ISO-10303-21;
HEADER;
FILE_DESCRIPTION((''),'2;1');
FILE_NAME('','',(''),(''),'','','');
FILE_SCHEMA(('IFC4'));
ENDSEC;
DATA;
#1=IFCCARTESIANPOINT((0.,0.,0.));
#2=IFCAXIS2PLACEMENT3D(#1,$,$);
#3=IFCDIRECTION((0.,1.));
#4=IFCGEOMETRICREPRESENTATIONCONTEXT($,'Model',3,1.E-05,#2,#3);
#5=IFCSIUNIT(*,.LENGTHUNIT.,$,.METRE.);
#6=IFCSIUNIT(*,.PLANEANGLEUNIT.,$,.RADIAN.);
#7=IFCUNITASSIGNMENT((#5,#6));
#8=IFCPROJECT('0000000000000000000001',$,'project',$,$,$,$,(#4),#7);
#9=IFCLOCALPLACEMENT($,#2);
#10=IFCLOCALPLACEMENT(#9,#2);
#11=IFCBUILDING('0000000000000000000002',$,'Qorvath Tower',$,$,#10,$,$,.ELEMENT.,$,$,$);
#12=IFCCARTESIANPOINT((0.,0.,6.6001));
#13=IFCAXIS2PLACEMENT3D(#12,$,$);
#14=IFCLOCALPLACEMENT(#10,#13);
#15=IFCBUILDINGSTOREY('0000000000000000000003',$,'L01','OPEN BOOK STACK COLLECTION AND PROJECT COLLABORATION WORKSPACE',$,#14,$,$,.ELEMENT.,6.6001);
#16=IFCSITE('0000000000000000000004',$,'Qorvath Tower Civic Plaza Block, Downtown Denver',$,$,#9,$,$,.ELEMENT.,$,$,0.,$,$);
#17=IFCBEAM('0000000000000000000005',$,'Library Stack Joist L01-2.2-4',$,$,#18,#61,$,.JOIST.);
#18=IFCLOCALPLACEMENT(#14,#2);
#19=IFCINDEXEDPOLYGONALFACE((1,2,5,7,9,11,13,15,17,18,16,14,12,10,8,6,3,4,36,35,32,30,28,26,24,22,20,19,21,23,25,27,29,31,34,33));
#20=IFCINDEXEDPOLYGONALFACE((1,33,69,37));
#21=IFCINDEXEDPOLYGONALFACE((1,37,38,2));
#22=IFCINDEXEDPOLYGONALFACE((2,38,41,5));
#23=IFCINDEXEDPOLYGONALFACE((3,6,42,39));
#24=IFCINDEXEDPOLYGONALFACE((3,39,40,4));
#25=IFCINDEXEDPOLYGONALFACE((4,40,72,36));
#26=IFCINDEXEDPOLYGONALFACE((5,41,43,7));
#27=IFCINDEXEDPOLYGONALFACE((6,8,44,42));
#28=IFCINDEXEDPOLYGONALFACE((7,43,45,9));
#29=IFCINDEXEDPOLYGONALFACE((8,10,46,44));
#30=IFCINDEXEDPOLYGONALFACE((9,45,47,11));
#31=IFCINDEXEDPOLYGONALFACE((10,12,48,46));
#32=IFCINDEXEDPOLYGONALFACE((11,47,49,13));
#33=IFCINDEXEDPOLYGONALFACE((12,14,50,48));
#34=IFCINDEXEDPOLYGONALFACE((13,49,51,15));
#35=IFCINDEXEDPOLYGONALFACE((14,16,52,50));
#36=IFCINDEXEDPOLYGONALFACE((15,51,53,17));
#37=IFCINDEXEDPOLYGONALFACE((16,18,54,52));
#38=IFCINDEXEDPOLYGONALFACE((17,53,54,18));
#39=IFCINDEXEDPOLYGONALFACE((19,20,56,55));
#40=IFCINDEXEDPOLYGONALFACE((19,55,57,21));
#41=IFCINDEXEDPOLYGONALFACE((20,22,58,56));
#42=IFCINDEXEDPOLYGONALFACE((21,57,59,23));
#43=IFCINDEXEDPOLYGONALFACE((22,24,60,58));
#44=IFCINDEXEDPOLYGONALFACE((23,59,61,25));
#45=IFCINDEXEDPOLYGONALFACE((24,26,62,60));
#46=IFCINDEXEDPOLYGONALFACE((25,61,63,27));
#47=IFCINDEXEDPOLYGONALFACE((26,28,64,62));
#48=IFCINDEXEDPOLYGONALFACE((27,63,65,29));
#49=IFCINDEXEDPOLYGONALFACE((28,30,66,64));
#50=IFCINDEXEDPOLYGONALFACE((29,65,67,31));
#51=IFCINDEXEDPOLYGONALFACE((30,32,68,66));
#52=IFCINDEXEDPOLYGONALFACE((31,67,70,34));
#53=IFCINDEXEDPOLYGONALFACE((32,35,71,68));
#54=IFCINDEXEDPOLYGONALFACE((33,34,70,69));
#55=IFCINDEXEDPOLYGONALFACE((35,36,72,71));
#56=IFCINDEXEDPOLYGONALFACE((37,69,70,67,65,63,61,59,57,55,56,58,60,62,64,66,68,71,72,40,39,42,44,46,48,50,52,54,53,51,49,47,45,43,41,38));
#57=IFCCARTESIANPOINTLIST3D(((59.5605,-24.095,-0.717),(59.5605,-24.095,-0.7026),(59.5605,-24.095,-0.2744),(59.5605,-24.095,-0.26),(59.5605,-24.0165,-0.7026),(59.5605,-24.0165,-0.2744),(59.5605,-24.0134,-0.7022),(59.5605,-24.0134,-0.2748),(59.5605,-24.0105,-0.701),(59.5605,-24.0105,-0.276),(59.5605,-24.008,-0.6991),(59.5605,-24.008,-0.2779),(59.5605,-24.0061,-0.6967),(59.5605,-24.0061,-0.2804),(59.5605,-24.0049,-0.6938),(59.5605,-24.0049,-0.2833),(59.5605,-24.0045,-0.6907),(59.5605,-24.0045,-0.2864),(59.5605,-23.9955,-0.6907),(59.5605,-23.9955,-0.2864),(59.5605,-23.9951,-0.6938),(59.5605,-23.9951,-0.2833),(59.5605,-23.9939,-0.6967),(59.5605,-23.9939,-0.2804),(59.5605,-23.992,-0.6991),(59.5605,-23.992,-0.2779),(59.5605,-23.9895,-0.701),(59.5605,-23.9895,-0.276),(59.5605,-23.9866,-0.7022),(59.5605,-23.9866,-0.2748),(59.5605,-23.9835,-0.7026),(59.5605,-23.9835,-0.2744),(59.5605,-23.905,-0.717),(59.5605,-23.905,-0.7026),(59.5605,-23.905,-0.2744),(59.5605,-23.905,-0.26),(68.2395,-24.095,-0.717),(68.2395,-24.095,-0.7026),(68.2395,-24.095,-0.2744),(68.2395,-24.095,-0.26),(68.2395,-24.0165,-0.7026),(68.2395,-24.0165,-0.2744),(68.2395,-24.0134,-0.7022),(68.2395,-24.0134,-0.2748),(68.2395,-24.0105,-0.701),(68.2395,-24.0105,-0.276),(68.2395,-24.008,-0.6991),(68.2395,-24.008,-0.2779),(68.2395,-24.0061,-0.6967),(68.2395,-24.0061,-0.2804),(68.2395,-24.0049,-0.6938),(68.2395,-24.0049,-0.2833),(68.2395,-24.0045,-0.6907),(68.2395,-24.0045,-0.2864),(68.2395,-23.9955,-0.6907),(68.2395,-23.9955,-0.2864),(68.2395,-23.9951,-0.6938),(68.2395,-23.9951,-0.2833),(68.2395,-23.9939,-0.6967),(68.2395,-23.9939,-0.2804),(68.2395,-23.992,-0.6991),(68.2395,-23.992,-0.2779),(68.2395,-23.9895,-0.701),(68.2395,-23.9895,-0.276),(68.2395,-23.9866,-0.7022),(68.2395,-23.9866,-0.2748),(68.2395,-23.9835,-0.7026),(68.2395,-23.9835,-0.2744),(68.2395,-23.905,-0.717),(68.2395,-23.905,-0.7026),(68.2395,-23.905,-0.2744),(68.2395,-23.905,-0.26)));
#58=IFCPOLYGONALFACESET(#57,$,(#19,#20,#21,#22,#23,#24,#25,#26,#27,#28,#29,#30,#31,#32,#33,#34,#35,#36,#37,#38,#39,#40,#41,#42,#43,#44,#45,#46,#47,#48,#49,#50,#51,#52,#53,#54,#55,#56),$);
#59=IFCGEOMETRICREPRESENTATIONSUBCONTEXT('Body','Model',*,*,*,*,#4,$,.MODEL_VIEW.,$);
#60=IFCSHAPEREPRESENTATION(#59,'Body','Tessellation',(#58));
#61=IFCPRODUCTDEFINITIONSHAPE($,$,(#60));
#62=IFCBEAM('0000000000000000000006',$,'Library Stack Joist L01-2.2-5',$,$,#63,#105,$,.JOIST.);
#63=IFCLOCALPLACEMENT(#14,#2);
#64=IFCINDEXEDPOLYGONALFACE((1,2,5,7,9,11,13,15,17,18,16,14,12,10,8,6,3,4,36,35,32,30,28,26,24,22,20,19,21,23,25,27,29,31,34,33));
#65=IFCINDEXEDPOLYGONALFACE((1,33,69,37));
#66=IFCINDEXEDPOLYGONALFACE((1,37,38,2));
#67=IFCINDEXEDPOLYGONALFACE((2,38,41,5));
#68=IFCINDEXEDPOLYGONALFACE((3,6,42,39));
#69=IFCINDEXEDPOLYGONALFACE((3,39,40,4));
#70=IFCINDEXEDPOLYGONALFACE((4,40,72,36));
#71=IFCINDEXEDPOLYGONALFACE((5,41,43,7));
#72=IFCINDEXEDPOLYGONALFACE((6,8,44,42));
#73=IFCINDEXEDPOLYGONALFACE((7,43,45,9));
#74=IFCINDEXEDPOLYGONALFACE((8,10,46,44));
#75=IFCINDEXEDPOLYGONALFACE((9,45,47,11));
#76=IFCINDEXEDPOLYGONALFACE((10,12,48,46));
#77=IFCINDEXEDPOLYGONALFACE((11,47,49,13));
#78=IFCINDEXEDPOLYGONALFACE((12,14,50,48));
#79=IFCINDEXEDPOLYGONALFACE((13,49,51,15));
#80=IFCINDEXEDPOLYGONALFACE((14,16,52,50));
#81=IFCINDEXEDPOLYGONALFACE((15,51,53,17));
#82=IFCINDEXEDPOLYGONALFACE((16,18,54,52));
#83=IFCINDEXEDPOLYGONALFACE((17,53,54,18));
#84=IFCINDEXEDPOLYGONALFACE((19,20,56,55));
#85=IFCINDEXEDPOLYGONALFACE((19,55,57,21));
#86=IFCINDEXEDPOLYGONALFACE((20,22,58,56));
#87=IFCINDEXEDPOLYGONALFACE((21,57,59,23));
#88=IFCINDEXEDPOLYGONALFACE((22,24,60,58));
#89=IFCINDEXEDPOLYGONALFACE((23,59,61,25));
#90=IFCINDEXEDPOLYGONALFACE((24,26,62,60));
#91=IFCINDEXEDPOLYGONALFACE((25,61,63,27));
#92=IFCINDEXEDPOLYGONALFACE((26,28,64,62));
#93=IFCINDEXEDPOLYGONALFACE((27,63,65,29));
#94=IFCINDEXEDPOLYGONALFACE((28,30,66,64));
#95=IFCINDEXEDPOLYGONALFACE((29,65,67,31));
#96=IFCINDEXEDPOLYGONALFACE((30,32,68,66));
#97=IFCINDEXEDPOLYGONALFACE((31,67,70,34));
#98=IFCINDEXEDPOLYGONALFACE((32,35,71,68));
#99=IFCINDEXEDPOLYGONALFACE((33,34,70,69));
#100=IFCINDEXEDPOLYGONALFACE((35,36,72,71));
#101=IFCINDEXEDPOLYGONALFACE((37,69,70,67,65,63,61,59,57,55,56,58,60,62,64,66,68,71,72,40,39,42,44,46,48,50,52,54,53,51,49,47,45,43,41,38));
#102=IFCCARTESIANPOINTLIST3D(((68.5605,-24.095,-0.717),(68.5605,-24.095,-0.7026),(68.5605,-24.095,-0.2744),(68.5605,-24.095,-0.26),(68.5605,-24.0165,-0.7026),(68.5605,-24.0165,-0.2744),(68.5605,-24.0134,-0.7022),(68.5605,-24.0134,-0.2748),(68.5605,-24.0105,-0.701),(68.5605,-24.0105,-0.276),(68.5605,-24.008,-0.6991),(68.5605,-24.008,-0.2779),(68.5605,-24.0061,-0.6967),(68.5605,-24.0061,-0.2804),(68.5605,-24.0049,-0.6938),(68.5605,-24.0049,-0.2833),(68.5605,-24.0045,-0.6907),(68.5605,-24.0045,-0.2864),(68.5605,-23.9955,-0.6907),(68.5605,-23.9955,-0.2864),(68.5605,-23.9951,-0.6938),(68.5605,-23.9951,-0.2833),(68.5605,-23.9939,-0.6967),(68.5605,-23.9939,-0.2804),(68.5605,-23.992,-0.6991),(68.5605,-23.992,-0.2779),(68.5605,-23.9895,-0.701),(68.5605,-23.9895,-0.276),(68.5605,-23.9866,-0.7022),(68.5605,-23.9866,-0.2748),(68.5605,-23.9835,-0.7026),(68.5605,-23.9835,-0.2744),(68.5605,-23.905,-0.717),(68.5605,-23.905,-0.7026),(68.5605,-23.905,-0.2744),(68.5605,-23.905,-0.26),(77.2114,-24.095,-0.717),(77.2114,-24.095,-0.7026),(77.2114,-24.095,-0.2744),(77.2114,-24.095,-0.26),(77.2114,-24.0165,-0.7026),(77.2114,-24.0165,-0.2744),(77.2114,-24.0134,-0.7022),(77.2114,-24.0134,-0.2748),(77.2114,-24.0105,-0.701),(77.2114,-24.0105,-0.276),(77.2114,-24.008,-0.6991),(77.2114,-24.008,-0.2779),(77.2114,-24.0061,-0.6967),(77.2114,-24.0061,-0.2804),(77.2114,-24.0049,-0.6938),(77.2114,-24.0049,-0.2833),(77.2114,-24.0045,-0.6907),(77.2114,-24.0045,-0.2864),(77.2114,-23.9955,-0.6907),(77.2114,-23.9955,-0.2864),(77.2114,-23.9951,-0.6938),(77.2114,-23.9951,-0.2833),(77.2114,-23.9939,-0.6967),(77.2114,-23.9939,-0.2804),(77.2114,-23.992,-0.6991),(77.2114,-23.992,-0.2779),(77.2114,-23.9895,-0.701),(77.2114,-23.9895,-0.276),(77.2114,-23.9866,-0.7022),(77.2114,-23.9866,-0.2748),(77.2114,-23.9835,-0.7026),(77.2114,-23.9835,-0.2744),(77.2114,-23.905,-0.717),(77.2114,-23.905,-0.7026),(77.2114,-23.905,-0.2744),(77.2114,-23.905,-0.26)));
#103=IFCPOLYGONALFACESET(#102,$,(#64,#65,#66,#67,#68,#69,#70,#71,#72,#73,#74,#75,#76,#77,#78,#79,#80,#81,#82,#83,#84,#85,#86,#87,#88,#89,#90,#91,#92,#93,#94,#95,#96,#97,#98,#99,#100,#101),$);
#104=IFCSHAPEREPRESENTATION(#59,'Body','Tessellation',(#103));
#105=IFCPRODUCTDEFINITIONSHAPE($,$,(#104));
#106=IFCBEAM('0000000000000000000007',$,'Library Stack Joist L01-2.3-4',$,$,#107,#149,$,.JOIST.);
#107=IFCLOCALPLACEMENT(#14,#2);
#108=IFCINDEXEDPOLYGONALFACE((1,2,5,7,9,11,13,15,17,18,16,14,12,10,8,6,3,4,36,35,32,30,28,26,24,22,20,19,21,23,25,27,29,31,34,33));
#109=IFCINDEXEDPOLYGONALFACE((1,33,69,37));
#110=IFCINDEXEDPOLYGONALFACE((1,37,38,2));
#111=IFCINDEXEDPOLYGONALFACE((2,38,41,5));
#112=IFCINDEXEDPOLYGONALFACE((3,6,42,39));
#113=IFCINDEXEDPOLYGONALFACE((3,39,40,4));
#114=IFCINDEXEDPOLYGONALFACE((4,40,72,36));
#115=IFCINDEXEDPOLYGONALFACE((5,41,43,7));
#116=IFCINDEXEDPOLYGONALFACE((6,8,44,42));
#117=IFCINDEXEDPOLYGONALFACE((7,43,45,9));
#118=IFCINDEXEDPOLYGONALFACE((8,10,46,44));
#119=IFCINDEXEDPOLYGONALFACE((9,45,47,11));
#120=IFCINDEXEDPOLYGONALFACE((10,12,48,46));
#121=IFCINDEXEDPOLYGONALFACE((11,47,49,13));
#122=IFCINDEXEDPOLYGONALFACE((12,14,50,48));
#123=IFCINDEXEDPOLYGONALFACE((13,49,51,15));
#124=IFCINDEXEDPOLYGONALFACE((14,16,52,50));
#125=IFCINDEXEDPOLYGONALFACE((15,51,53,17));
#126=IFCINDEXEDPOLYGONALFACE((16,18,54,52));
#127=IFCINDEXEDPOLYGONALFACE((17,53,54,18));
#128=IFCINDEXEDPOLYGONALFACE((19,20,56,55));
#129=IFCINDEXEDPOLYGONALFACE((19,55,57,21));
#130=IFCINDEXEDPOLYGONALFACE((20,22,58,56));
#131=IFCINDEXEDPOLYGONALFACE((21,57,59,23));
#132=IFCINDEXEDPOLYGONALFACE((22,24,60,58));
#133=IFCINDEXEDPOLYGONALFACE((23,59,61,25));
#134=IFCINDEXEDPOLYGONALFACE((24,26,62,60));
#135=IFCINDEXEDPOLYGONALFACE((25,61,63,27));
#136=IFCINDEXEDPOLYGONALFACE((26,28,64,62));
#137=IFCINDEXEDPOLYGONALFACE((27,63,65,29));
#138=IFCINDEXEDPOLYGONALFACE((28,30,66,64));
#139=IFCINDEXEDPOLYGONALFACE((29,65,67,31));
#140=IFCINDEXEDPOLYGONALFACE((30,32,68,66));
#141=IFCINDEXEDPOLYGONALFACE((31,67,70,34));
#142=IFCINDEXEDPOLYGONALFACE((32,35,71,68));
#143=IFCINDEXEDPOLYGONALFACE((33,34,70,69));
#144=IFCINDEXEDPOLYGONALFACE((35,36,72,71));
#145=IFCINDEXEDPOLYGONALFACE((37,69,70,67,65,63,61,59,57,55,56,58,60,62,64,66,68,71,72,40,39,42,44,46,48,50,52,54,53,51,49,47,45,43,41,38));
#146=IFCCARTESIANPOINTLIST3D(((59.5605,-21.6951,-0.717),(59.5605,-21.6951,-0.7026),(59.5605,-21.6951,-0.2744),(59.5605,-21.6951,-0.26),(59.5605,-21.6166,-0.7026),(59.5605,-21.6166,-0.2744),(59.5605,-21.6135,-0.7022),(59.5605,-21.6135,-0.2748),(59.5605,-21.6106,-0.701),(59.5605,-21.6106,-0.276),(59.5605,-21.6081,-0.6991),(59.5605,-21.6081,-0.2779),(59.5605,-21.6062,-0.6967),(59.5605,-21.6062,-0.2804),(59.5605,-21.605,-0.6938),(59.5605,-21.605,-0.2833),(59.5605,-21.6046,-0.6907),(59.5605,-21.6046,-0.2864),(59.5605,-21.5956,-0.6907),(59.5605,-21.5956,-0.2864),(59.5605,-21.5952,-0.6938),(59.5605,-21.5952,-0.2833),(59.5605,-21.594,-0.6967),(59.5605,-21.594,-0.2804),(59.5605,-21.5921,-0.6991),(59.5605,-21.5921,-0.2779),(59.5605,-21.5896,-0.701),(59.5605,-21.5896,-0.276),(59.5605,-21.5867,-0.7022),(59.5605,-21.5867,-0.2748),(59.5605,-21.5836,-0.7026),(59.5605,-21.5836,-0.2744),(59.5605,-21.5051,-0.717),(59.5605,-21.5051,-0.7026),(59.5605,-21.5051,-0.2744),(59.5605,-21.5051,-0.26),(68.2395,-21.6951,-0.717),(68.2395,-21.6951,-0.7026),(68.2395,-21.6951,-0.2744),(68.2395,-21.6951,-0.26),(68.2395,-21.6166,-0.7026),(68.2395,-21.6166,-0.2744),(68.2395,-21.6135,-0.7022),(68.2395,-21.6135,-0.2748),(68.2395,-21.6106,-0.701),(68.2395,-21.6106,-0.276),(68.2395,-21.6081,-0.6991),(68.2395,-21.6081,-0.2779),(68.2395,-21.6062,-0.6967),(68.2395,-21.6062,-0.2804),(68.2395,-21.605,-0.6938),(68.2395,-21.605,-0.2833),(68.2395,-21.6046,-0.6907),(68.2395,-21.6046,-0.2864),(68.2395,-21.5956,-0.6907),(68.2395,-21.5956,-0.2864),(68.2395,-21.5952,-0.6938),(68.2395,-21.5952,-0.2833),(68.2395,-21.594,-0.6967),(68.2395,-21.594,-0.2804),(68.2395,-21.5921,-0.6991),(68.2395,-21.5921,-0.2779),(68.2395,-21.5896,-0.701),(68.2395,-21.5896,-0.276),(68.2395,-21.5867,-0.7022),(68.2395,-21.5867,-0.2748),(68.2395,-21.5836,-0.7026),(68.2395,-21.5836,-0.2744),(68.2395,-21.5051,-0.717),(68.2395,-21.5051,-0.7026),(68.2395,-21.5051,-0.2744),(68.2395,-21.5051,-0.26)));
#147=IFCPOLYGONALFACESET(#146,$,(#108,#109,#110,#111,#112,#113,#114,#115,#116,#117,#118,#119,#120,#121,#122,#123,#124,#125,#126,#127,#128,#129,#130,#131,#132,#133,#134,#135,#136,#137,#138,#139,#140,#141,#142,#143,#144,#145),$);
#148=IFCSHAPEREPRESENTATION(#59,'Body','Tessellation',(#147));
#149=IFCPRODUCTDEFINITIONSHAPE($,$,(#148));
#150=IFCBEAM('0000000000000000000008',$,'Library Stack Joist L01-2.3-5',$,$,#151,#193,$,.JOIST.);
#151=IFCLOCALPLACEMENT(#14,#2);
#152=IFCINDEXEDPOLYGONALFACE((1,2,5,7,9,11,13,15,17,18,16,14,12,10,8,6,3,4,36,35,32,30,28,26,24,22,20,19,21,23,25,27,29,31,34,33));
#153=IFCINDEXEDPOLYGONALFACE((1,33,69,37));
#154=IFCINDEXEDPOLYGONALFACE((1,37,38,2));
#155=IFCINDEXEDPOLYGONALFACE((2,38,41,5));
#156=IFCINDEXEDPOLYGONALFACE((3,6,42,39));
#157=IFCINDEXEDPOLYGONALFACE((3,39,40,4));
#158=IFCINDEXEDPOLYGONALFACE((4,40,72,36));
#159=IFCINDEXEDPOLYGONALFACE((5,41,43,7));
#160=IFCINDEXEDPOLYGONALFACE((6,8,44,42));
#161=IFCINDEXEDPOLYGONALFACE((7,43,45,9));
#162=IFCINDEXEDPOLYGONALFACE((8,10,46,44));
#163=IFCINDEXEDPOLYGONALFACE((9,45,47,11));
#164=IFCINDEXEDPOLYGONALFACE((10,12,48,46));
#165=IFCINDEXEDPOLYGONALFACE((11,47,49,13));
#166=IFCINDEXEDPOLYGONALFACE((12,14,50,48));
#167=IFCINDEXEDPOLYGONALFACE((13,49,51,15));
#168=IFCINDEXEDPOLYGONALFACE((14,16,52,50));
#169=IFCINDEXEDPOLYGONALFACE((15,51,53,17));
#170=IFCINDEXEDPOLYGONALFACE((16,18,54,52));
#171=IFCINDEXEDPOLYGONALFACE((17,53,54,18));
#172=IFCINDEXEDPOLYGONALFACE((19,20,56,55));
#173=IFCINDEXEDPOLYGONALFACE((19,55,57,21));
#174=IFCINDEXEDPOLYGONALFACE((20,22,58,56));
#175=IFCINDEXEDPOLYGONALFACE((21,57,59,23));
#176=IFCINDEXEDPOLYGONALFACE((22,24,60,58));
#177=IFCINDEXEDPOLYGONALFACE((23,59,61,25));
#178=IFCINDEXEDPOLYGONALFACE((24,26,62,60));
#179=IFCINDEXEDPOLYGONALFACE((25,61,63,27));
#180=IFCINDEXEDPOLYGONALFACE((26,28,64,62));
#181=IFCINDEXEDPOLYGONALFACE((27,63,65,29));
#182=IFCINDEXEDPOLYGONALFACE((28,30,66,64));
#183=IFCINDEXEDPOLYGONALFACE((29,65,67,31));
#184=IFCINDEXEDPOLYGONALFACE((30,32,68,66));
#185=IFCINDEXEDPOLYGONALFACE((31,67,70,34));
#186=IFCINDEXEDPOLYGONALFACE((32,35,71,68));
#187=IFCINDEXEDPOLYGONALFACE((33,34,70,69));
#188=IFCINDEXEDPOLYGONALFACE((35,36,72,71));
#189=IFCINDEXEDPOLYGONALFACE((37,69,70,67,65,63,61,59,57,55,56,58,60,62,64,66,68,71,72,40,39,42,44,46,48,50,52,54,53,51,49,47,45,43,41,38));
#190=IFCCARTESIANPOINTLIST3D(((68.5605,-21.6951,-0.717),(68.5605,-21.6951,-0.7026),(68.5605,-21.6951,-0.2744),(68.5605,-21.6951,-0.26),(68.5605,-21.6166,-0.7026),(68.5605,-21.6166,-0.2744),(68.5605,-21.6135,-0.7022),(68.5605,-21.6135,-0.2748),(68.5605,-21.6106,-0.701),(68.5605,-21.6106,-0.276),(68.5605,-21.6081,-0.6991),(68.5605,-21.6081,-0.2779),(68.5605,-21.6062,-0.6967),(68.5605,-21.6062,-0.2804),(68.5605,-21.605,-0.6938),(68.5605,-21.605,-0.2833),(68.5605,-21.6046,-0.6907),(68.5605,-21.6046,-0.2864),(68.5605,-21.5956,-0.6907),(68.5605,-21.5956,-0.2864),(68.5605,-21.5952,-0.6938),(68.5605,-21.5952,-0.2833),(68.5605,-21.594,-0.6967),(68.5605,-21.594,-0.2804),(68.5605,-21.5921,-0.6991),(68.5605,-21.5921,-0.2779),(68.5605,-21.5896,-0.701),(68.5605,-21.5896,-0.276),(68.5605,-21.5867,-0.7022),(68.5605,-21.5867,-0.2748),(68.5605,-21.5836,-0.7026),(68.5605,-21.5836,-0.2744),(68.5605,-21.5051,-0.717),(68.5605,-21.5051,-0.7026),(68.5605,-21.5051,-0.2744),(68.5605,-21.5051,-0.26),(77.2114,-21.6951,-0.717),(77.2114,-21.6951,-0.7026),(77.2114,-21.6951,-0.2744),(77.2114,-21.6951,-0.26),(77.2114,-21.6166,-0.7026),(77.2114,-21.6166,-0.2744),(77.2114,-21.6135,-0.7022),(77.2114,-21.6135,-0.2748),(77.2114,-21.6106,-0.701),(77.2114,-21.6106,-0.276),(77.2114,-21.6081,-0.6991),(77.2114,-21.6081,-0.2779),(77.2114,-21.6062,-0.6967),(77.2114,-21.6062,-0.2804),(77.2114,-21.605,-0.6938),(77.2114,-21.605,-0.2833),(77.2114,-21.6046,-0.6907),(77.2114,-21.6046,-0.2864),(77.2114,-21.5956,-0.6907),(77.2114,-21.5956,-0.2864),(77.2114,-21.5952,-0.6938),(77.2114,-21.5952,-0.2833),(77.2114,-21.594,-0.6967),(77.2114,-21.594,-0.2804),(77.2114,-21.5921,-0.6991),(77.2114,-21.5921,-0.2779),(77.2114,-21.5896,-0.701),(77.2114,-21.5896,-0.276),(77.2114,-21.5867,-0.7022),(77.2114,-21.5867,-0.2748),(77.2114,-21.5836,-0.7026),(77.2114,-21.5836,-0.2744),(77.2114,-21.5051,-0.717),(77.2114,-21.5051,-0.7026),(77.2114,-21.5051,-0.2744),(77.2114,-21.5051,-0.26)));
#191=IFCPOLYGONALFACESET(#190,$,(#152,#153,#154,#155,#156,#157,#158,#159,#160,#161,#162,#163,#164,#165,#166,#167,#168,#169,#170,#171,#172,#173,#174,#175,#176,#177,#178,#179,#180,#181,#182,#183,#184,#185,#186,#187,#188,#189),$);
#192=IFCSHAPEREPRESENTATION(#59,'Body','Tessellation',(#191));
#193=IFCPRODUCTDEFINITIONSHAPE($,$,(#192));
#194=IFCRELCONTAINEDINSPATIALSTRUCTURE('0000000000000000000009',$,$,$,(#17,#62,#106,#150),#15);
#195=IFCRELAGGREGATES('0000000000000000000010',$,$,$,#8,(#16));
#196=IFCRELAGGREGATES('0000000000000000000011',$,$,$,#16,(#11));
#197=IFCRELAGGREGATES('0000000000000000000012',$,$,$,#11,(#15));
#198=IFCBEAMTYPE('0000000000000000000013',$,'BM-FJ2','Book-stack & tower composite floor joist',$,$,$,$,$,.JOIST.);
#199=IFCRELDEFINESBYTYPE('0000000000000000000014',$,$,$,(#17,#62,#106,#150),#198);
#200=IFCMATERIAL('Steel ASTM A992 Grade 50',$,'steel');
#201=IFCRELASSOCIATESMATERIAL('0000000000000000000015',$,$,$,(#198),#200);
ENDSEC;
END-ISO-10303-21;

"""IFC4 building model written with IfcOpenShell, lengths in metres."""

from ifc_helpers import new_model, si_unit, direction, frame, origin, origin_2d, place, context, subcontext, project, spatial, i_section, extrude, material, material_profile, profile_set, type_object, element, save


model = new_model("IFC4")

# Units and contexts
model_context = context("Model", 3, precision=1e-05, world=origin(), true_north=direction((0.0, 1.0)))
body_context = subcontext(model_context, "Body", "Model", "MODEL_VIEW")
ifc_project = project(units=[si_unit("LENGTHUNIT", "METRE"), si_unit("PLANEANGLEUNIT", "RADIAN")], contexts=[model_context])

# Site, building, storey
site_placement = place(None, origin())
site = spatial("IfcSite", under=ifc_project, at=site_placement, Name="Qorvath Tower Civic Plaza Block, Downtown Denver", CompositionType="ELEMENT", RefElevation=0.0)
building_placement = place(site_placement, origin())
building = spatial("IfcBuilding", under=site, at=building_placement, Name="Qorvath Tower", CompositionType="ELEMENT")
storey_placement = place(building_placement, frame((0.0, 0.0, 6.6001)))
storey = spatial("IfcBuildingStorey", under=building, at=storey_placement, Name="L01", Description="OPEN BOOK STACK COLLECTION AND PROJECT COLLABORATION WORKSPACE", CompositionType="ELEMENT", Elevation=6.6001)

# Beams
ifc_material_1 = material(Name="Steel ASTM A992 Grade 50", Category="steel")
ifc_material_profile_1 = material_profile(ifc_material_1, i_section(OverallWidth=0.1899, OverallDepth=0.457, WebThickness=0.009, FlangeThickness=0.0144, FilletRadius=0.012, at=origin_2d()), Name="W18x50")
ifc_profile_set_1 = profile_set([ifc_material_profile_1], Name="Steel ASTM A992 Grade 50")
beam_type_1 = type_object("IfcBeamType", Name="BM-FJ2", Description="Book-stack & tower composite floor joist", PredefinedType="JOIST", material=ifc_profile_set_1)
beam_1_placement = place(storey_placement, frame((59.5605, -24.0, -0.4885), z_axis=(1.0, 0.0, 0.0), x_axis=(0.0, 1.0, 0.0)))
element("IfcBeam", 1, at=beam_1_placement, inside=storey, type_object=beam_type_1, Name="Library Stack Joist L01-2.2-4", PredefinedType="JOIST", context=body_context, shape_type="SweptSolid", body=[
    extrude(i_section(OverallWidth=0.1899, OverallDepth=0.457, WebThickness=0.009, FlangeThickness=0.0144, FilletRadius=0.012, at=origin_2d()), origin(), (0.0, 0.0, 1.0), 8.679),
])
beam_2_placement = place(storey_placement, frame((68.5605, -24.0, -0.4885), z_axis=(1.0, 0.0, 0.0), x_axis=(0.0, 1.0, 0.0)))
element("IfcBeam", 2, at=beam_2_placement, inside=storey, type_object=beam_type_1, Name="Library Stack Joist L01-2.2-5", PredefinedType="JOIST", context=body_context, shape_type="SweptSolid", body=[
    extrude(i_section(OverallWidth=0.1899, OverallDepth=0.457, WebThickness=0.009, FlangeThickness=0.0144, FilletRadius=0.012, at=origin_2d()), origin(), (0.0, 0.0, 1.0), 8.6509),
])
beam_3_placement = place(storey_placement, frame((59.5605, -21.6001, -0.4885), z_axis=(1.0, 0.0, 0.0), x_axis=(0.0, 1.0, 0.0)))
element("IfcBeam", 3, at=beam_3_placement, inside=storey, type_object=beam_type_1, Name="Library Stack Joist L01-2.3-4", PredefinedType="JOIST", context=body_context, shape_type="SweptSolid", body=[
    extrude(i_section(OverallWidth=0.1899, OverallDepth=0.457, WebThickness=0.009, FlangeThickness=0.0144, FilletRadius=0.012, at=origin_2d()), origin(), (0.0, 0.0, 1.0), 8.679),
])
beam_4_placement = place(storey_placement, frame((68.5605, -21.6001, -0.4885), z_axis=(1.0, 0.0, 0.0), x_axis=(0.0, 1.0, 0.0)))
element("IfcBeam", 4, at=beam_4_placement, inside=storey, type_object=beam_type_1, Name="Library Stack Joist L01-2.3-5", PredefinedType="JOIST", context=body_context, shape_type="SweptSolid", body=[
    extrude(i_section(OverallWidth=0.1899, OverallDepth=0.457, WebThickness=0.009, FlangeThickness=0.0144, FilletRadius=0.012, at=origin_2d()), origin(), (0.0, 0.0, 1.0), 8.6509),
])

save(model, "model.ifc")
